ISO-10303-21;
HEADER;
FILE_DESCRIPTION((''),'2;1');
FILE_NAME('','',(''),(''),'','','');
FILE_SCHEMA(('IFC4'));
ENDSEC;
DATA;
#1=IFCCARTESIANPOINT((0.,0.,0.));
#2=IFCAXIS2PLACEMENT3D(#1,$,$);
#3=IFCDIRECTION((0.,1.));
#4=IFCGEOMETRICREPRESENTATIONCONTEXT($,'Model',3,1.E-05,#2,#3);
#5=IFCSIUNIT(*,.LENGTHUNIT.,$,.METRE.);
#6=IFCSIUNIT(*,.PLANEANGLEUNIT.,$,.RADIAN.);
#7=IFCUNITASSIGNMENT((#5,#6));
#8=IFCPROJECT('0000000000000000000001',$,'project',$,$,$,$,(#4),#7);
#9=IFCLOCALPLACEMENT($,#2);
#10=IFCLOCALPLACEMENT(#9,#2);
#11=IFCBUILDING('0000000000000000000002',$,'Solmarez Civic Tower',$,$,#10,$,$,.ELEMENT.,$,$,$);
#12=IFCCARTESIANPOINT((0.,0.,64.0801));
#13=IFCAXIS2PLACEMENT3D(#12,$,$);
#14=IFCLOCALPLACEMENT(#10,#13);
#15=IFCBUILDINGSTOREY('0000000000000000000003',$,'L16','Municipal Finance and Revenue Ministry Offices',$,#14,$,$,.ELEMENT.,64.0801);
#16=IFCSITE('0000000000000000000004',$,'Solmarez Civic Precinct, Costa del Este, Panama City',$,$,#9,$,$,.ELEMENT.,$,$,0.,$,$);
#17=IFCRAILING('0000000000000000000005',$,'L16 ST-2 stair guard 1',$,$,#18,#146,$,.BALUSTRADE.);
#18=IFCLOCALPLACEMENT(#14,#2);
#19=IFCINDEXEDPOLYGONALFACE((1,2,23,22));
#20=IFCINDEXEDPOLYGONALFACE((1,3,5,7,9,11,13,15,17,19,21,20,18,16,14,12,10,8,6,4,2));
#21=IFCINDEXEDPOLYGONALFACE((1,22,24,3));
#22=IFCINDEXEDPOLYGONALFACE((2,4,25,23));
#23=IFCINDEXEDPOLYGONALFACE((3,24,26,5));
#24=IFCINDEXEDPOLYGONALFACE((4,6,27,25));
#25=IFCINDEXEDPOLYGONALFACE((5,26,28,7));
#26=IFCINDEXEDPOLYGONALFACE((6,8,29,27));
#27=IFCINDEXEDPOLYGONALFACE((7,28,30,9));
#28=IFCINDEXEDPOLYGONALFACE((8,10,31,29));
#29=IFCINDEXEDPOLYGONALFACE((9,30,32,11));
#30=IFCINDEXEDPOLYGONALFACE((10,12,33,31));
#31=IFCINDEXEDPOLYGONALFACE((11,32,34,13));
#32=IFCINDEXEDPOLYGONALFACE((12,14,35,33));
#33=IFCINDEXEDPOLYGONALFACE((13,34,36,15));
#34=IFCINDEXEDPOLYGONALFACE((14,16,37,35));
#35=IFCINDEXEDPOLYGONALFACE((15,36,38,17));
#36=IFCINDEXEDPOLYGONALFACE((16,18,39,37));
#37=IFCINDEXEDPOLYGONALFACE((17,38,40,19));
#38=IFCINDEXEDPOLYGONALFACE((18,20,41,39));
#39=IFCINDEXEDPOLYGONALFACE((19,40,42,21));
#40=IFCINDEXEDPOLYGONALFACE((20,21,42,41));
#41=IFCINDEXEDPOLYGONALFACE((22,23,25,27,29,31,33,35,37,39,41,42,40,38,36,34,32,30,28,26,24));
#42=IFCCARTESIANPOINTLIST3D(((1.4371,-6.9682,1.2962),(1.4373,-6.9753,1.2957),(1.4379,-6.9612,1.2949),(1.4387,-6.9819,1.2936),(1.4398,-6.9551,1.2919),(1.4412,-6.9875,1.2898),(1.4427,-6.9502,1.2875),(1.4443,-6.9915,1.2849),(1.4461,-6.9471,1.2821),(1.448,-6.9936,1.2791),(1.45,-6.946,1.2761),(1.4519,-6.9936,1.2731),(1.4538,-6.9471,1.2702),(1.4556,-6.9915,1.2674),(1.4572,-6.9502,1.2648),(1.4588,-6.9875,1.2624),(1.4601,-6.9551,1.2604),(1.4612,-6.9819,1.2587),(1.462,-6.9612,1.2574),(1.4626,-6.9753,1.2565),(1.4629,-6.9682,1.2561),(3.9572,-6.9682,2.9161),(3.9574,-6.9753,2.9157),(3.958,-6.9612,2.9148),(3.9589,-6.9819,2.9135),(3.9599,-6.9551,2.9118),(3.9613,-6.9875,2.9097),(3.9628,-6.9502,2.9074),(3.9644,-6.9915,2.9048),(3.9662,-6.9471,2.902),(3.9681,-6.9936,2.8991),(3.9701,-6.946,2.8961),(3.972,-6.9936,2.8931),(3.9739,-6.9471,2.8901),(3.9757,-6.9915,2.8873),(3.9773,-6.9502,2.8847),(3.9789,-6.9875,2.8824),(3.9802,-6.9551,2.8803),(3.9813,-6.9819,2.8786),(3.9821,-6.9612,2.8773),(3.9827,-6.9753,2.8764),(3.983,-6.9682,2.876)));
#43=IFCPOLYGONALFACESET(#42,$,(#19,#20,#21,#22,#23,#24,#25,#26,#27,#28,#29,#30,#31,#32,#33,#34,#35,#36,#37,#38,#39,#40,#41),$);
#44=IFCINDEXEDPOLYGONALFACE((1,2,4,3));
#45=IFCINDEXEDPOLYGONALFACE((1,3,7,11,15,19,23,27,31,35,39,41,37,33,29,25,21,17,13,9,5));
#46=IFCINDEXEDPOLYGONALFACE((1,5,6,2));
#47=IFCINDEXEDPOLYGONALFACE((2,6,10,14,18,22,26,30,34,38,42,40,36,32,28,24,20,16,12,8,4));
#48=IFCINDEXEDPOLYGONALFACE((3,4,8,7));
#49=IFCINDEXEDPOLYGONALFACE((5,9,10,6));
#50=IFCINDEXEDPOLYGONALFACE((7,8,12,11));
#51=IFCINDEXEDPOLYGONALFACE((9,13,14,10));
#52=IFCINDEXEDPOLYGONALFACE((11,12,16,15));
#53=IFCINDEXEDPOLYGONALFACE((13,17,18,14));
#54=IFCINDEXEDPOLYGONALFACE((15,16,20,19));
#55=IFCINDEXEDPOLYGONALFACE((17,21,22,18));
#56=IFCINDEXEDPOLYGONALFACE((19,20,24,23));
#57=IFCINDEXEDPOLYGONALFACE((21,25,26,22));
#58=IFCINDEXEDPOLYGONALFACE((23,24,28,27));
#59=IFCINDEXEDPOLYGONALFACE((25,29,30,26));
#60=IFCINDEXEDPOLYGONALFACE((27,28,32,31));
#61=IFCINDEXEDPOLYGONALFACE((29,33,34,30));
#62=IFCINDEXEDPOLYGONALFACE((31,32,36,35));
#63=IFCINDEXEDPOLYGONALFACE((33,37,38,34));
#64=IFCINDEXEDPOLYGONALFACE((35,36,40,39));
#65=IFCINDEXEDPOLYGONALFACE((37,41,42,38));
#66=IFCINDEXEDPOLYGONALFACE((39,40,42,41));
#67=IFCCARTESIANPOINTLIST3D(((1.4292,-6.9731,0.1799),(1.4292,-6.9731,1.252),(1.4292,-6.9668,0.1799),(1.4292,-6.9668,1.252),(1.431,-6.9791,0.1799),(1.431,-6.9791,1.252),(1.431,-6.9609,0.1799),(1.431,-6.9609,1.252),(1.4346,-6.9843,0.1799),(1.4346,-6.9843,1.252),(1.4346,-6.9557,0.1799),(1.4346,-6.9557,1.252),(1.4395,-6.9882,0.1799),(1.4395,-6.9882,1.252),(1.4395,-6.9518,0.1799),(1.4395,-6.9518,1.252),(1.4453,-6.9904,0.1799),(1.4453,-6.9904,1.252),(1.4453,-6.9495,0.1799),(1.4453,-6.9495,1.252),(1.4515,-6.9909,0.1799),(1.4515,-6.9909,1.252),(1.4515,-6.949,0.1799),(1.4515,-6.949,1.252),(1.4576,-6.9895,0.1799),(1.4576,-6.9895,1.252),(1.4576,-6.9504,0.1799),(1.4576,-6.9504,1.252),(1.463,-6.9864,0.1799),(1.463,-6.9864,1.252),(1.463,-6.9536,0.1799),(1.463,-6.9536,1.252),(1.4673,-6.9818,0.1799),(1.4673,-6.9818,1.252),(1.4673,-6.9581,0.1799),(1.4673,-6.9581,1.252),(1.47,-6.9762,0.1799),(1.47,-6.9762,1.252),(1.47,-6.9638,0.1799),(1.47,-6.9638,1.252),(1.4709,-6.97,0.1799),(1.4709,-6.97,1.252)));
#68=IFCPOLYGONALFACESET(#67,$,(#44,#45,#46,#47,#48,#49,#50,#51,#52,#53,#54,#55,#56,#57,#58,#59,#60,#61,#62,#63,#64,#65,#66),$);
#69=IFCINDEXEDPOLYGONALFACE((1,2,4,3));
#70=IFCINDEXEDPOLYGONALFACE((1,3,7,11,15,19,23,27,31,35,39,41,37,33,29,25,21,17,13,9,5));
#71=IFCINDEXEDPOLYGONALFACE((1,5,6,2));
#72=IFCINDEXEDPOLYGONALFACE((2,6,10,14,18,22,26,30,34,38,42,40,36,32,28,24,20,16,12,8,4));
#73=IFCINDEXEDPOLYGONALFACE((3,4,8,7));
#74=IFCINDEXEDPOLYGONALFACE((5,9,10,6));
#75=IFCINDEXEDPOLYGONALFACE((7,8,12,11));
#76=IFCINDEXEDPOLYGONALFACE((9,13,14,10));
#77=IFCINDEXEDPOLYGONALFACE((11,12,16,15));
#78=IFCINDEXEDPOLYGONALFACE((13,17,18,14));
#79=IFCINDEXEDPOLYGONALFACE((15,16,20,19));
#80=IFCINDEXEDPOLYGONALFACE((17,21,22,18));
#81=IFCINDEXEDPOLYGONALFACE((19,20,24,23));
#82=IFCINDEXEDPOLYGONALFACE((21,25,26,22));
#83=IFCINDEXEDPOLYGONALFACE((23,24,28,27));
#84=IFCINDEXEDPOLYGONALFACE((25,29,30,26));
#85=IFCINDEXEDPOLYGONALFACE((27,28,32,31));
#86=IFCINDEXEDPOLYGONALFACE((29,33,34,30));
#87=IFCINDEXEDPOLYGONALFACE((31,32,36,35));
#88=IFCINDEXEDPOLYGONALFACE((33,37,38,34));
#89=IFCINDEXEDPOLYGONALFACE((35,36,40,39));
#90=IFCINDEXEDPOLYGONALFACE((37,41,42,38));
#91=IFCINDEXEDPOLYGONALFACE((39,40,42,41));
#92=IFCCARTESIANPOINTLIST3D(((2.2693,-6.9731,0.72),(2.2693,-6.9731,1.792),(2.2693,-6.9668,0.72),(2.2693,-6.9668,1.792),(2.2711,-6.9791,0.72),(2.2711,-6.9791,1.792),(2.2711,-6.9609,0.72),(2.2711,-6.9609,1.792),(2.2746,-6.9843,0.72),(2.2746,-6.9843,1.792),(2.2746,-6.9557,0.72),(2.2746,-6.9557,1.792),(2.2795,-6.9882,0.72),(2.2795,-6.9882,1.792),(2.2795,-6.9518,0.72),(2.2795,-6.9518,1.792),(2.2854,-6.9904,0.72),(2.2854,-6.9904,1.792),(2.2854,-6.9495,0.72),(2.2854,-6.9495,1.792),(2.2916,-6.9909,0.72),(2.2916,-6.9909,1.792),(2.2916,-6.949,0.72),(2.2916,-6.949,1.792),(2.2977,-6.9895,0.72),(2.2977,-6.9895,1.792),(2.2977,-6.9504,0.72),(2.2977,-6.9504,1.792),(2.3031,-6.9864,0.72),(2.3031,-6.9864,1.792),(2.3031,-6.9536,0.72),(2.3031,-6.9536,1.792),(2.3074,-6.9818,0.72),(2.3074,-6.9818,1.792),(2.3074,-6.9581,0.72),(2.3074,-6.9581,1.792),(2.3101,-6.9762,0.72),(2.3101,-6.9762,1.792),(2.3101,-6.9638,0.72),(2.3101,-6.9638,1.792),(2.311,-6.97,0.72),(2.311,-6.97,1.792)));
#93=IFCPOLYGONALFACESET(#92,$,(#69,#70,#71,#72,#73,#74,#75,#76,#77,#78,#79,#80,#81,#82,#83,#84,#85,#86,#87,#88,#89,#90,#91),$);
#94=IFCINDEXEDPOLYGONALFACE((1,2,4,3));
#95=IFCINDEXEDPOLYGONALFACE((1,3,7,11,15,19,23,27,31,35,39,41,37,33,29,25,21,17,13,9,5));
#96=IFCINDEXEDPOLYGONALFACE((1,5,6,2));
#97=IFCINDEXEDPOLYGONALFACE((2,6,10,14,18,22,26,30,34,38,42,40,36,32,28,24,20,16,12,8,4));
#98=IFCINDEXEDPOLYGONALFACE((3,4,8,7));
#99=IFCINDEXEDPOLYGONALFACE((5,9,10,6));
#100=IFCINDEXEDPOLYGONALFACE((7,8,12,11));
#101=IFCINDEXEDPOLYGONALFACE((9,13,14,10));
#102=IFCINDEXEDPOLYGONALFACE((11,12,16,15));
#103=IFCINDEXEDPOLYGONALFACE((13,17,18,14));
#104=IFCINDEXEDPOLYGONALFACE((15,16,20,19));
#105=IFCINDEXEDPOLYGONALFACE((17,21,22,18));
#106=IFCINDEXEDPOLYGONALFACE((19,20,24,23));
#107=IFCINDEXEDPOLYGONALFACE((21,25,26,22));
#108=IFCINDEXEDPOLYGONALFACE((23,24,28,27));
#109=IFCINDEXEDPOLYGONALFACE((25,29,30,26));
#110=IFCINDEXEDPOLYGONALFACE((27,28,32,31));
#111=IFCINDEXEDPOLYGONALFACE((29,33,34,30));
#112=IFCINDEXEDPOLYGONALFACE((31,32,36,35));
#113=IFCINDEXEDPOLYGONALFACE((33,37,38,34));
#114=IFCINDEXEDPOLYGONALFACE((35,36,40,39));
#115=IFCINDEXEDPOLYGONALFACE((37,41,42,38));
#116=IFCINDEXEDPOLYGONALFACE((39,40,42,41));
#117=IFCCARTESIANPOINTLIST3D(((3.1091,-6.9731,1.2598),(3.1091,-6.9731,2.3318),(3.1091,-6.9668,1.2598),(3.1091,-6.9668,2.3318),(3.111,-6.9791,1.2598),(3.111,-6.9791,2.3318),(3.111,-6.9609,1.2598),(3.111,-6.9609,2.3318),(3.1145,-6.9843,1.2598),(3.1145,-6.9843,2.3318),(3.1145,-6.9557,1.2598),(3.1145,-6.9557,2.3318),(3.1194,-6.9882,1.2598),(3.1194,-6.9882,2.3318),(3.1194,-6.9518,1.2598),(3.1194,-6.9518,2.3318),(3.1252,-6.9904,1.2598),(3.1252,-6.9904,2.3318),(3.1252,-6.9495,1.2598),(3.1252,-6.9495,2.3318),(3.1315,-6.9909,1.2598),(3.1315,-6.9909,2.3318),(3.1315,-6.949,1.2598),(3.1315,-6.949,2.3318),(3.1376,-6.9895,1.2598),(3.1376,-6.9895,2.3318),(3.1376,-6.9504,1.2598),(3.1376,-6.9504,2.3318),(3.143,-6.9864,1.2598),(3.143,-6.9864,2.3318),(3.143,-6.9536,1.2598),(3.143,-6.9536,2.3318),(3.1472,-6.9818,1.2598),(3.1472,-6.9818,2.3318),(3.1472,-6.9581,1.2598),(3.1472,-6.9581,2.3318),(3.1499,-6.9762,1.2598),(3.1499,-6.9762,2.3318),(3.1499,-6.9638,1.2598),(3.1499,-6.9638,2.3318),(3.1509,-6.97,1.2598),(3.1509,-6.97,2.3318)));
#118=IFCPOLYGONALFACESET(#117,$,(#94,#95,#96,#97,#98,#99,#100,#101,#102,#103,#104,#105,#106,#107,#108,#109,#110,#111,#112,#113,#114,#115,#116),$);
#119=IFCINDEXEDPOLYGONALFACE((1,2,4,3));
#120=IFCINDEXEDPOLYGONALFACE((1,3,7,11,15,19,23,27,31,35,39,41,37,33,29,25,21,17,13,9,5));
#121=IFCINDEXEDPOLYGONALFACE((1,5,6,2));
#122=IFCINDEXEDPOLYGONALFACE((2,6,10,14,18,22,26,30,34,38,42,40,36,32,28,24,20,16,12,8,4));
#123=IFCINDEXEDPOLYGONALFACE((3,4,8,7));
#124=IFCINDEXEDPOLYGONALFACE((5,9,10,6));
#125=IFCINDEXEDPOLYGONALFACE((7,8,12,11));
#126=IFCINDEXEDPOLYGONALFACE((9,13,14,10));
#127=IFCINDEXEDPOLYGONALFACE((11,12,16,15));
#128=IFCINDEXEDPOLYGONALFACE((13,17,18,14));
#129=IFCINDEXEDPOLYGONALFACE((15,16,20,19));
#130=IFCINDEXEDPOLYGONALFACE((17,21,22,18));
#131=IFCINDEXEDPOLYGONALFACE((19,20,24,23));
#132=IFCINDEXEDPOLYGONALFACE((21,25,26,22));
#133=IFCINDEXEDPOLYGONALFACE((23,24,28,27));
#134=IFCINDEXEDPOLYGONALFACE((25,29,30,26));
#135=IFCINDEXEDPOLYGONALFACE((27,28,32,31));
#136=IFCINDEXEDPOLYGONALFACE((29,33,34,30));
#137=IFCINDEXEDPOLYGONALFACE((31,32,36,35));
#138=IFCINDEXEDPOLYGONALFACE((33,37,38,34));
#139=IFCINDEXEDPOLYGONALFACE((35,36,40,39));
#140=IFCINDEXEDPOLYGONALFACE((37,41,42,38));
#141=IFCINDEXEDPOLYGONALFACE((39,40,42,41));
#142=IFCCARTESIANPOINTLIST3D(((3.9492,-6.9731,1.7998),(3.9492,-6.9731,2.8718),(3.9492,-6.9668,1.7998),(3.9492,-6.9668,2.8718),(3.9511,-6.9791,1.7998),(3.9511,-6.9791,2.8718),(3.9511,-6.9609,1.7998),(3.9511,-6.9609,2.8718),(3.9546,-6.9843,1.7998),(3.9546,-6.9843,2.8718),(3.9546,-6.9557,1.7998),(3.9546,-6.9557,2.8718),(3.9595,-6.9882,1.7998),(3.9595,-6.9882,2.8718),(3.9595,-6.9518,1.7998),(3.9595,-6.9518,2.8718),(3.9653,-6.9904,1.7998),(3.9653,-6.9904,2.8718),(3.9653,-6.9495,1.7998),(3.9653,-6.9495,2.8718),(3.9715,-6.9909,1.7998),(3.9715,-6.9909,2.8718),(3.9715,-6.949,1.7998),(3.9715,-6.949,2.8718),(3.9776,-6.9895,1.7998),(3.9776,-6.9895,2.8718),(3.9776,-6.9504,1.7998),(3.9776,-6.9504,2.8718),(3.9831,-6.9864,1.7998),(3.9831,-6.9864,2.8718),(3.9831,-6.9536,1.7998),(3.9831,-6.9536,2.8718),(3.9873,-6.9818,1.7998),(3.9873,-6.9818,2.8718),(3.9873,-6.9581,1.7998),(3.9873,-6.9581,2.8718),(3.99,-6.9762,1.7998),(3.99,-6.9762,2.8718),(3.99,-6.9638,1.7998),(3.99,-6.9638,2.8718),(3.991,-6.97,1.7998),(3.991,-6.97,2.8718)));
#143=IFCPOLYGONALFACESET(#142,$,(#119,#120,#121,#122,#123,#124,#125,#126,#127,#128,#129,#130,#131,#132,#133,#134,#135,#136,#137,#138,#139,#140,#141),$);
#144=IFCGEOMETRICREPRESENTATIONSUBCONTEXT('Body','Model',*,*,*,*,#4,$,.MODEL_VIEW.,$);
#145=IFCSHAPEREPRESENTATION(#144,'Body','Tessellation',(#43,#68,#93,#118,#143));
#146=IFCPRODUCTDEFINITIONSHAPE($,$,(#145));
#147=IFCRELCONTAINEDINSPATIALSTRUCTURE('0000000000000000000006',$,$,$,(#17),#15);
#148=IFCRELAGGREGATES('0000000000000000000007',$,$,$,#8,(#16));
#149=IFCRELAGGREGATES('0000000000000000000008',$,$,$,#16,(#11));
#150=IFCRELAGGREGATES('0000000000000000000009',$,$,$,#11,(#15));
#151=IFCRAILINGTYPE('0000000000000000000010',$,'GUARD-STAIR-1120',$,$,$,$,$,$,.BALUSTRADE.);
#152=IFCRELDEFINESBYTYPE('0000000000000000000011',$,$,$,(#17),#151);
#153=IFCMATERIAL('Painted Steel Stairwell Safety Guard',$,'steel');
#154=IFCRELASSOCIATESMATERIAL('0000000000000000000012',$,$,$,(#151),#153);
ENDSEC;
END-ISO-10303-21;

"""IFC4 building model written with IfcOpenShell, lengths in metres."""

from ifc_helpers import new_model, si_unit, direction, frame, origin, origin_2d, place, context, subcontext, project, spatial, circle, extrude, material, type_object, element, save


model = new_model("IFC4")

# Units and contexts
model_context = context("Model", 3, precision=1e-05, world=origin(), true_north=direction((0.0, 1.0)))
body_context = subcontext(model_context, "Body", "Model", "MODEL_VIEW")
ifc_project = project(units=[si_unit("LENGTHUNIT", "METRE"), si_unit("PLANEANGLEUNIT", "RADIAN")], contexts=[model_context])

# Site, building, storey
site_placement = place(None, origin())
site = spatial("IfcSite", under=ifc_project, at=site_placement, Name="Solmarez Civic Precinct, Costa del Este, Panama City", CompositionType="ELEMENT", RefElevation=0.0)
building_placement = place(site_placement, origin())
building = spatial("IfcBuilding", under=site, at=building_placement, Name="Solmarez Civic Tower", CompositionType="ELEMENT")
storey_placement = place(building_placement, frame((0.0, 0.0, 64.0801)))
storey = spatial("IfcBuildingStorey", under=building, at=storey_placement, Name="L16", Description="Municipal Finance and Revenue Ministry Offices", CompositionType="ELEMENT", Elevation=64.0801)

# Railing
ifc_material_1 = material(Name="Painted Steel Stairwell Safety Guard", Category="steel")
railing_type_1 = type_object("IfcRailingType", Name="GUARD-STAIR-1120", PredefinedType="BALUSTRADE", material=ifc_material_1)
railing_1_placement = place(storey_placement, frame((1.45, -6.97, 0.1799)))
element("IfcRailing", 1, at=railing_1_placement, inside=storey, type_object=railing_type_1, Name="L16 ST-2 stair guard 1", PredefinedType="BALUSTRADE", context=body_context, shape_type="SweptSolid", body=[
    extrude(circle(Radius=0.0239, at=origin_2d()), frame((0.0, 0.0, 1.0962), z_axis=(0.8412, 0.0, 0.540725), x_axis=(0.0, 1.0, 0.0)), (0.0, 0.0, 1.0), 2.9958),
    extrude(circle(Radius=0.021, at=origin_2d()), origin(), (0.0, 0.0, 1.0), 1.072),
    extrude(circle(Radius=0.021, at=origin_2d()), frame((0.8401, 0.0, 0.54)), (0.0, 0.0, 1.0), 1.072),
    extrude(circle(Radius=0.021, at=origin_2d()), frame((1.6799, 0.0, 1.0798)), (0.0, 0.0, 1.0), 1.072),
    extrude(circle(Radius=0.021, at=origin_2d()), frame((2.52, 0.0, 1.6199)), (0.0, 0.0, 1.0), 1.072),
])

save(model, "model.ifc")
